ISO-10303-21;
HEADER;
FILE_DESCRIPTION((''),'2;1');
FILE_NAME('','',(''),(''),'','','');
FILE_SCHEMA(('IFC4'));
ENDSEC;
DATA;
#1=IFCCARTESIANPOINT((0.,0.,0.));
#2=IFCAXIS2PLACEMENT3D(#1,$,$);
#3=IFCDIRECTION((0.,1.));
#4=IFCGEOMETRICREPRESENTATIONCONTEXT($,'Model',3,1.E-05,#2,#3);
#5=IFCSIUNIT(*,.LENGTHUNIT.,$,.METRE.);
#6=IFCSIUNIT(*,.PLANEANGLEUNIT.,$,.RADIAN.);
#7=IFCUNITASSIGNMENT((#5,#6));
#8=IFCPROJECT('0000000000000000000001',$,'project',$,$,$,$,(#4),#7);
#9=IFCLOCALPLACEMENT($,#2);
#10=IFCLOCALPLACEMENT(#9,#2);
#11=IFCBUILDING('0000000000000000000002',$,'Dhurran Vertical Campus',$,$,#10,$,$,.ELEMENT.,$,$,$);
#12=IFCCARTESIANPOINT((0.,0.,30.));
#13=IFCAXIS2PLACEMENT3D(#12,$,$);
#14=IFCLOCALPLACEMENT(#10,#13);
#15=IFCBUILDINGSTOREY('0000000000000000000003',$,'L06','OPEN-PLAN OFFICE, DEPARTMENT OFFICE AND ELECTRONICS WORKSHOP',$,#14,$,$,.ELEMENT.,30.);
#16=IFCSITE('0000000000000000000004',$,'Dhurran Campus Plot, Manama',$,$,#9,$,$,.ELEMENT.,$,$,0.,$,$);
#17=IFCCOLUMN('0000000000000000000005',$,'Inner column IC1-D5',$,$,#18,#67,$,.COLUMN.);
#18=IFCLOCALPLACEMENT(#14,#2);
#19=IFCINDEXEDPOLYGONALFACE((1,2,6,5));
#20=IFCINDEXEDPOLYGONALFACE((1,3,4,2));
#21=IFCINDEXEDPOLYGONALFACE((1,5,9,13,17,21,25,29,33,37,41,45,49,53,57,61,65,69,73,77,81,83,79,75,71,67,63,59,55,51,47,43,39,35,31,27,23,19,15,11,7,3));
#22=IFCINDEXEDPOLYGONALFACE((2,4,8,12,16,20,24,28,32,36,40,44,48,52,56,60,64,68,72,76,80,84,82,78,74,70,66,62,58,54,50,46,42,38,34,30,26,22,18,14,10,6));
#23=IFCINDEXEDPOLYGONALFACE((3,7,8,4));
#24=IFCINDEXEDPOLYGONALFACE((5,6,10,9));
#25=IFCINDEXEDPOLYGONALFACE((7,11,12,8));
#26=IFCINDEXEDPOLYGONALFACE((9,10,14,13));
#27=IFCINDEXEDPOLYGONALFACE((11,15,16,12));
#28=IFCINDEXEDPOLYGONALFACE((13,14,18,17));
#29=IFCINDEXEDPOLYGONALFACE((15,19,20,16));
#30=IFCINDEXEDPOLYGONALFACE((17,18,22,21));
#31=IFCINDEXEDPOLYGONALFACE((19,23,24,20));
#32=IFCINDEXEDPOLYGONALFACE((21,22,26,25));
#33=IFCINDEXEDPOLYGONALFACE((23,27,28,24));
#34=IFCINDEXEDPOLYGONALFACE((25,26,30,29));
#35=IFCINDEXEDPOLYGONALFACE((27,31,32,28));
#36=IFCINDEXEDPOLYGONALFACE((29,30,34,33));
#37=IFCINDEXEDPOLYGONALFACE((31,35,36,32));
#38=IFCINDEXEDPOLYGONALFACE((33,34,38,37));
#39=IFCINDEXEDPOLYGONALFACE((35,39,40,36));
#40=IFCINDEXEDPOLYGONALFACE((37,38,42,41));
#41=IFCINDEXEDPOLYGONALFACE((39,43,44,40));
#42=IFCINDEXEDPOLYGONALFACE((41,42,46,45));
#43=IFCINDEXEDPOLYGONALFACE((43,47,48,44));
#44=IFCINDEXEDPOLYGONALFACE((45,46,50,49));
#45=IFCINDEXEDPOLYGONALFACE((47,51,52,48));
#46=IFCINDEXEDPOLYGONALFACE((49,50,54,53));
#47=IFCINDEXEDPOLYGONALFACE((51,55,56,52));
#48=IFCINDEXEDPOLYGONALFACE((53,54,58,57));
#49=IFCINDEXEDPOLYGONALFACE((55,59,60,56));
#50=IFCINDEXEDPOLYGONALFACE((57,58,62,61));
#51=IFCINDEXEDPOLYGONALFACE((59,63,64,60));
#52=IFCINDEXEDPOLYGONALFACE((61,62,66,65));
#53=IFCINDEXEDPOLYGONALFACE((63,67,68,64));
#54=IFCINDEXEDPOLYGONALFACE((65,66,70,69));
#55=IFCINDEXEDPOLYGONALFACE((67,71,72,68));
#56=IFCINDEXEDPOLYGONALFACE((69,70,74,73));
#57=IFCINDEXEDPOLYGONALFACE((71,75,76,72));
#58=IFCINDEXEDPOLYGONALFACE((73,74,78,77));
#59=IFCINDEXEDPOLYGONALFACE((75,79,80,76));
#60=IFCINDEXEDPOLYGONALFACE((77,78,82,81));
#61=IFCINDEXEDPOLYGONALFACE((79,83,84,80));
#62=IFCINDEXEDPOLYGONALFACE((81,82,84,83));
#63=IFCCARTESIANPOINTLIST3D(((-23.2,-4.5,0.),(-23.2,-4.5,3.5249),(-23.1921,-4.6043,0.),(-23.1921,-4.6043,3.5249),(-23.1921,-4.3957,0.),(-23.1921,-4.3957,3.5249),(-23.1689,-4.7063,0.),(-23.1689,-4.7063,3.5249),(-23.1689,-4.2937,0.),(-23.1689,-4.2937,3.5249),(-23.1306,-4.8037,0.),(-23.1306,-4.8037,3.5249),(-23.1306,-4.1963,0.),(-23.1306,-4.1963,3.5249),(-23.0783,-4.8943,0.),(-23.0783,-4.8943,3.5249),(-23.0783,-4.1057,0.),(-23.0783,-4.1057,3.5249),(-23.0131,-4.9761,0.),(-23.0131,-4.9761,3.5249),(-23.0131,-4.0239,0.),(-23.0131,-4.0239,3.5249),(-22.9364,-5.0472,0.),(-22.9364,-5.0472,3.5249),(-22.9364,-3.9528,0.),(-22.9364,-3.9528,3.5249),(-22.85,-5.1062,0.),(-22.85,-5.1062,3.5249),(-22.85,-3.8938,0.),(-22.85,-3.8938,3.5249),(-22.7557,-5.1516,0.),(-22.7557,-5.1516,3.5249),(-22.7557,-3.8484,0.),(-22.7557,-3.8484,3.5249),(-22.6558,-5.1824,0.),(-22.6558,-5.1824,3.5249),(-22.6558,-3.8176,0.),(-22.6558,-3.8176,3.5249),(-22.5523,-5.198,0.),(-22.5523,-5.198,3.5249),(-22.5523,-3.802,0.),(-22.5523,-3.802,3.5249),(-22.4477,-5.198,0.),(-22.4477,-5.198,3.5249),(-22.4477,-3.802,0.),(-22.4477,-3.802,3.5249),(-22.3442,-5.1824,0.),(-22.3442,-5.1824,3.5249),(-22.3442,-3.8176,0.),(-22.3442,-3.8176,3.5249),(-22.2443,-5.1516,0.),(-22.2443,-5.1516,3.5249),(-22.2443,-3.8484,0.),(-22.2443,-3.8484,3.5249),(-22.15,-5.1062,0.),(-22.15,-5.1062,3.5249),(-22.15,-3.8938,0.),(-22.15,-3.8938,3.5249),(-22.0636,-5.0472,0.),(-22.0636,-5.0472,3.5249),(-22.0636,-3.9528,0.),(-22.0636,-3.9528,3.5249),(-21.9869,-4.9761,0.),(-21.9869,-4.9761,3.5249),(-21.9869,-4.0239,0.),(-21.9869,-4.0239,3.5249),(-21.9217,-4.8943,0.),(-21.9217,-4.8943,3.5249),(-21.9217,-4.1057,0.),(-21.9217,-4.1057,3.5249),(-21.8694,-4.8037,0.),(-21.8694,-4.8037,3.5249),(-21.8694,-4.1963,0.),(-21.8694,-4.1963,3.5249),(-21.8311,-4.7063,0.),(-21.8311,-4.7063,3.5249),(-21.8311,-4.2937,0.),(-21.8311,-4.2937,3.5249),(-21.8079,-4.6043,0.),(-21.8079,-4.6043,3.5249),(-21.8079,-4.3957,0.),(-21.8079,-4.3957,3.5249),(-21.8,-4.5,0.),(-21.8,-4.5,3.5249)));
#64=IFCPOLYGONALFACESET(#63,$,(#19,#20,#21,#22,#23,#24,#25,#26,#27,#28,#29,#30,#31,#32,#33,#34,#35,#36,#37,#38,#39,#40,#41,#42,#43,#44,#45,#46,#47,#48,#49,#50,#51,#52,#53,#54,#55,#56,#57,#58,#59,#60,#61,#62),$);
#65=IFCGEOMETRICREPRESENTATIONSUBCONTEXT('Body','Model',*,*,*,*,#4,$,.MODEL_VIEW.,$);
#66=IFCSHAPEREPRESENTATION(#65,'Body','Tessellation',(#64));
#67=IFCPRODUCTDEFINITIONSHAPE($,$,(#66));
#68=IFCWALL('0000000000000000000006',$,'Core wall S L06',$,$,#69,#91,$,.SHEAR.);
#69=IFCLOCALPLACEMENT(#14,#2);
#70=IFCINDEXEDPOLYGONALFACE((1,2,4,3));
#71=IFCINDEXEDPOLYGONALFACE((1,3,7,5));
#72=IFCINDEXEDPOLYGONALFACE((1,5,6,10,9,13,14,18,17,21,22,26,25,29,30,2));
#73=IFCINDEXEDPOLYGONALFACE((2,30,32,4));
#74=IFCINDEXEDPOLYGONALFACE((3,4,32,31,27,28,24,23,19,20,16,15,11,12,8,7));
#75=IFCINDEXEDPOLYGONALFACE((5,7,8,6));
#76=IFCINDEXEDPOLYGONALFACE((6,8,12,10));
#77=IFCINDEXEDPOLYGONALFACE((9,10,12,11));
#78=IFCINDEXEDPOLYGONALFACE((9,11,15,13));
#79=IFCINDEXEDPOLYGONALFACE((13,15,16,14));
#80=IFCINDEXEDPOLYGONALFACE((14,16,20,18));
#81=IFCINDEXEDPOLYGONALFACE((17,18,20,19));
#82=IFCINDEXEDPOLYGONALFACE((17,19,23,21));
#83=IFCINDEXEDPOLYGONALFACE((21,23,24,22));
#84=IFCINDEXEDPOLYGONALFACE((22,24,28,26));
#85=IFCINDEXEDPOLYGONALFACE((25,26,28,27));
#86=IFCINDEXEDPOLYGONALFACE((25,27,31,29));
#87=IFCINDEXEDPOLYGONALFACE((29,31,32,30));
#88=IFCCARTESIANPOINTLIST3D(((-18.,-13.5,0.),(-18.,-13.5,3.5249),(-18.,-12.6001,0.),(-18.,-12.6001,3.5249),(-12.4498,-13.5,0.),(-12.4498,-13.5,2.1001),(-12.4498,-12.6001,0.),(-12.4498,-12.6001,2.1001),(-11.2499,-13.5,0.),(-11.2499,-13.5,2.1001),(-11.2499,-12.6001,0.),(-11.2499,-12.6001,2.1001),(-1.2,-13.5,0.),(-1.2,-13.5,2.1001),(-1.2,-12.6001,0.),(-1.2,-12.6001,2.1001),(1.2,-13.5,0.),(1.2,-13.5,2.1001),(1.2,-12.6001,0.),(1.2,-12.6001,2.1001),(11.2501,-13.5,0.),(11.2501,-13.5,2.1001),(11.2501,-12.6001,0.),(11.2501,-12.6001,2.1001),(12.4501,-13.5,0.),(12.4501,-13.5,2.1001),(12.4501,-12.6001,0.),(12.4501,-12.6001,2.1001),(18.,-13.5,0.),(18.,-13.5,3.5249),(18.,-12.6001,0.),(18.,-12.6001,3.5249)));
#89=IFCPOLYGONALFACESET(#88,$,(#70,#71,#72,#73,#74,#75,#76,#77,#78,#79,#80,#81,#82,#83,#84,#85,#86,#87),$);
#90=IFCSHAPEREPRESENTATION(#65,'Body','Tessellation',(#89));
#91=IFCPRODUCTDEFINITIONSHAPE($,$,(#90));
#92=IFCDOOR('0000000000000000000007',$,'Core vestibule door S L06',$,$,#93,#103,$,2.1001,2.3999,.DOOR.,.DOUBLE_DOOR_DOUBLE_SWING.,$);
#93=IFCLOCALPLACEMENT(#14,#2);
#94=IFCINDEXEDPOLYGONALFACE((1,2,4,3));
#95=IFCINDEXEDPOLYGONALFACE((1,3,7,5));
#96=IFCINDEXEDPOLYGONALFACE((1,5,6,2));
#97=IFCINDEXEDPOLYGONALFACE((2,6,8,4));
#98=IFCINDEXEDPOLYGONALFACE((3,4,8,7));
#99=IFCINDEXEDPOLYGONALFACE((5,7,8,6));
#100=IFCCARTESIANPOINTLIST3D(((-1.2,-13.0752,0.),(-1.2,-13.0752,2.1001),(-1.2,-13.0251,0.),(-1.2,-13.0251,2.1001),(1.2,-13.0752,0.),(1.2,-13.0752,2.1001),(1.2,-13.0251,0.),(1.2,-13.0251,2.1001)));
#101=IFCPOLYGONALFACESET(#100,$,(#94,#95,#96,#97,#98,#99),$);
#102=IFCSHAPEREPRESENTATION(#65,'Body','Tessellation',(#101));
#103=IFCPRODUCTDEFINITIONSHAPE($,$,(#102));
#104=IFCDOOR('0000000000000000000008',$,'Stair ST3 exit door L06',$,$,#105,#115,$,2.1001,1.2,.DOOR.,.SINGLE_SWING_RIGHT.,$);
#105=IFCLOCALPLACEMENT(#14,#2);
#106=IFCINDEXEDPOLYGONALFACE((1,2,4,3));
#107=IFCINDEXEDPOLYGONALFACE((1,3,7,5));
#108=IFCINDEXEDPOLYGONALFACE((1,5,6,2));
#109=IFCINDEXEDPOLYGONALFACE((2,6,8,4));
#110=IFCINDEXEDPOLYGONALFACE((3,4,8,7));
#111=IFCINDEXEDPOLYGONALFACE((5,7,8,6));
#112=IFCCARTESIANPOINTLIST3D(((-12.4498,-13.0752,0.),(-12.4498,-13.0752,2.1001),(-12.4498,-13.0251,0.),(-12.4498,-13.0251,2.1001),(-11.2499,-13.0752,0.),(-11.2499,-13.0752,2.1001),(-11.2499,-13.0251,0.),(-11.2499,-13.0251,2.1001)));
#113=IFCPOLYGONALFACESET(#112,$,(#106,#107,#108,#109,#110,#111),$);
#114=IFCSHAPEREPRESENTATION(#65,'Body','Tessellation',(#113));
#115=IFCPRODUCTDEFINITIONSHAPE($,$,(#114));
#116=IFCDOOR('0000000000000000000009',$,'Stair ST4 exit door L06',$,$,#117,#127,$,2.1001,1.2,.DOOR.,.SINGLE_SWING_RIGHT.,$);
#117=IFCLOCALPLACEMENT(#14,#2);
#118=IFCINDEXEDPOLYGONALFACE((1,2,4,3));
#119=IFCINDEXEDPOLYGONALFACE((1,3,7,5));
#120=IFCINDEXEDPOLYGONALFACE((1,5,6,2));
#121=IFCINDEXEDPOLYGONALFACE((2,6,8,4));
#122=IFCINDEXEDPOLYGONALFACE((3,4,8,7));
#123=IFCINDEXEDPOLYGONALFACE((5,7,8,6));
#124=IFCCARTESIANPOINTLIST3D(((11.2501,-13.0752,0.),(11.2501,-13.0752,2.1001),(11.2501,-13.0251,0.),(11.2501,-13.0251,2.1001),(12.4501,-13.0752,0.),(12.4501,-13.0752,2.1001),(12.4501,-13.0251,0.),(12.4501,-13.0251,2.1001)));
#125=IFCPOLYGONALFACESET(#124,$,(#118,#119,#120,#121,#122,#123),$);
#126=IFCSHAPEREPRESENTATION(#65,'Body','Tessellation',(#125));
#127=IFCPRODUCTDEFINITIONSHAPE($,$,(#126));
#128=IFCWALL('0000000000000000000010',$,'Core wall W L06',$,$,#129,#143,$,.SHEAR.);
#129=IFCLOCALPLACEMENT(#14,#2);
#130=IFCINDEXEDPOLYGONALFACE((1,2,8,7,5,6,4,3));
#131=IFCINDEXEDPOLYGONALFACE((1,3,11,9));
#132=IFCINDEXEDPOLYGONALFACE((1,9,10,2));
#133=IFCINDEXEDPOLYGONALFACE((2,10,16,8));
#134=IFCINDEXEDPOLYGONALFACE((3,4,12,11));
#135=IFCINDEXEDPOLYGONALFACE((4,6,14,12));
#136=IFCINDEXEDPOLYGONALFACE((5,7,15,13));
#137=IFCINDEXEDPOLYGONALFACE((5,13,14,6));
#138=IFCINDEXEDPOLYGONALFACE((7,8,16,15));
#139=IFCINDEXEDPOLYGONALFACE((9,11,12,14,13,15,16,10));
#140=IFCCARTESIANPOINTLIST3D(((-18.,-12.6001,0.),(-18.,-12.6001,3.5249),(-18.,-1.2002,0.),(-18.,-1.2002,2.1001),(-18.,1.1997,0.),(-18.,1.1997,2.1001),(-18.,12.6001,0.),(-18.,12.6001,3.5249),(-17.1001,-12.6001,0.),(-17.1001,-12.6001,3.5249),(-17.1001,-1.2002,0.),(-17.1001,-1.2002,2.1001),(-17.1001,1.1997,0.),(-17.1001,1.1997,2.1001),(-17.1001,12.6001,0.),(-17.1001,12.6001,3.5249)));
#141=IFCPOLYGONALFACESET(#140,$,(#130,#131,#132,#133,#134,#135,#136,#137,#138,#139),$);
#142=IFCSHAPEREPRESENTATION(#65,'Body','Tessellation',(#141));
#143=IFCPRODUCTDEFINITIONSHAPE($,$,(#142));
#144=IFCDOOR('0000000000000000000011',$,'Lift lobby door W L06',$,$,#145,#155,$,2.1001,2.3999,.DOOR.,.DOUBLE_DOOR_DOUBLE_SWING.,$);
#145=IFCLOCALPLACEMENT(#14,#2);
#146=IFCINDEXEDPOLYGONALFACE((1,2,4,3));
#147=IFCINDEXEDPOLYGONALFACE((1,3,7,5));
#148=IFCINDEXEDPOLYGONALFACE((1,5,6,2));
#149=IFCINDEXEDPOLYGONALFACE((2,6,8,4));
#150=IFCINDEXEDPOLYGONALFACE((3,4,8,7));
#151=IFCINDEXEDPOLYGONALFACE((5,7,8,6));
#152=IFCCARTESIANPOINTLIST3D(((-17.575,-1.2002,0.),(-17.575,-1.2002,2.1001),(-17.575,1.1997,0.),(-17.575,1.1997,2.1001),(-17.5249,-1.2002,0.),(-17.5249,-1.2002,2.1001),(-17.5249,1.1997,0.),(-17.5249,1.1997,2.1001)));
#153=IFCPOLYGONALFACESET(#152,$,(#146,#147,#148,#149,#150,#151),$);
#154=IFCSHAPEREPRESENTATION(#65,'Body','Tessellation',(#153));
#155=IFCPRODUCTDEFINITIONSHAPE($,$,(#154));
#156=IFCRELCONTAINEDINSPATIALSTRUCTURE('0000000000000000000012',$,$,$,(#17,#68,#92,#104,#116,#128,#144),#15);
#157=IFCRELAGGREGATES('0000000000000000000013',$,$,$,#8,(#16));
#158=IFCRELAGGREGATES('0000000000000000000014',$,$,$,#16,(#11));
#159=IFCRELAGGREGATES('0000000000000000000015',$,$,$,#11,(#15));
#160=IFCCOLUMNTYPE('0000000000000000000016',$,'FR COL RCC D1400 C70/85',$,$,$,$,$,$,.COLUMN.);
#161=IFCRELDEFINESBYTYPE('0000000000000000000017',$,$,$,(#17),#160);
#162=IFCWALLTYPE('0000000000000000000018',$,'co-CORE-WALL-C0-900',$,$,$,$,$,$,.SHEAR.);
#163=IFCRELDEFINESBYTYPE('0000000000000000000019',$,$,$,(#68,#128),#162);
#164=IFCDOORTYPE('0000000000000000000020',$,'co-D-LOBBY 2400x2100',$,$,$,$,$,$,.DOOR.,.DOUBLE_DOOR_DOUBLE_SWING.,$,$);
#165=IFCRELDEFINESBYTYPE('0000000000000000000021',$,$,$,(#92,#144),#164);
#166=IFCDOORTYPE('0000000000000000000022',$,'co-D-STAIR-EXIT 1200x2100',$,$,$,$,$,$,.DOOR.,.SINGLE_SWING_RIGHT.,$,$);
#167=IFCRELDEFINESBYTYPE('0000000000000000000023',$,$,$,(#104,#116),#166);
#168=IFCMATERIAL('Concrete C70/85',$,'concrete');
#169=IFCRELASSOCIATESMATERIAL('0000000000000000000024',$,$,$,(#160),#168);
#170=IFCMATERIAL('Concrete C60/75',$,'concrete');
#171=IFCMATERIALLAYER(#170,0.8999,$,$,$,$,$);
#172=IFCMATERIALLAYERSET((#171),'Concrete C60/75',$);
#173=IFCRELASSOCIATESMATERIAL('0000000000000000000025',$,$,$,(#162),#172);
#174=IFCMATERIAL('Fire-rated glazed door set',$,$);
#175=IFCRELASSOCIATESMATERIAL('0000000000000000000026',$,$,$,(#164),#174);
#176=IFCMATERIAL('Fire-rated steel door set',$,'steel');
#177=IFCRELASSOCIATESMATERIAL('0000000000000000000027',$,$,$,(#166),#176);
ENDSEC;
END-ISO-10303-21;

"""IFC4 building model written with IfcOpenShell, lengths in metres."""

from ifc_helpers import new_model, si_unit, direction, frame, frame_2d, origin, origin_2d, place, context, subcontext, project, spatial, rectangle, circle, extrude, material, layer, layer_set, material_profile, profile_set, type_object, element, fill, save


model = new_model("IFC4")

# Units and contexts
model_context = context("Model", 3, precision=1e-05, world=origin(), true_north=direction((0.0, 1.0)))
body_context = subcontext(model_context, "Body", "Model", "MODEL_VIEW")
ifc_project = project(units=[si_unit("LENGTHUNIT", "METRE"), si_unit("PLANEANGLEUNIT", "RADIAN")], contexts=[model_context])

# Site, building, storey
site_placement = place(None, origin())
site = spatial("IfcSite", under=ifc_project, at=site_placement, Name="Dhurran Campus Plot, Manama", CompositionType="ELEMENT", RefElevation=0.0)
building_placement = place(site_placement, origin())
building = spatial("IfcBuilding", under=site, at=building_placement, Name="Dhurran Vertical Campus", CompositionType="ELEMENT")
storey_placement = place(building_placement, frame((0.0, 0.0, 30.0)))
storey = spatial("IfcBuildingStorey", under=building, at=storey_placement, Name="L06", Description="OPEN-PLAN OFFICE, DEPARTMENT OFFICE AND ELECTRONICS WORKSHOP", CompositionType="ELEMENT", Elevation=30.0)

# Column
ifc_material_1 = material(Name="Concrete C70/85", Category="concrete")
ifc_material_profile = material_profile(ifc_material_1, circle(Radius=0.7, at=origin_2d()), Name="RCC D1400")
ifc_profile_set = profile_set([ifc_material_profile], Name="Concrete C70/85")
column_type = type_object("IfcColumnType", Name="FR COL RCC D1400 C70/85", PredefinedType="COLUMN", material=ifc_profile_set)
column_placement = place(storey_placement, frame((-22.5, -4.5, 0.0), z_axis=(0.0, 0.0, 1.0), x_axis=(1.0, 0.0, 0.0)))
element("IfcColumn", 1, at=column_placement, inside=storey, type_object=column_type, Name="Inner column IC1-D5", PredefinedType="COLUMN", context=body_context, shape_type="SweptSolid", body=[
    extrude(circle(Radius=0.7, at=origin_2d()), origin(), (0.0, 0.0, 1.0), 3.5249),
])

# Wall, openings, doors
ifc_material_2 = material(Name="Concrete C60/75", Category="concrete")
ifc_layer_1 = layer(ifc_material_2, 0.8999)
ifc_layer_set_1 = layer_set([ifc_layer_1], Name="Concrete C60/75")
wall_type_1 = type_object("IfcWallType", Name="co-CORE-WALL-C0-900", PredefinedType="SHEAR", material=ifc_layer_set_1)
wall_1_placement = place(storey_placement, frame((-18.0, -13.05, 0.0), z_axis=(0.0, 0.0, 1.0), x_axis=(1.0, 0.0, 0.0)))
wall_1 = element("IfcWall", 2, at=wall_1_placement, inside=storey, type_object=wall_type_1, Name="Core wall S L06", PredefinedType="SHEAR", context=body_context, shape_type="SweptSolid", body=[
    extrude(rectangle(XDim=36.0, YDim=0.8999, at=frame_2d((18.0, 0.0))), origin(), (0.0, 0.0, 1.0), 3.5249),
])
opening_1_placement = place(wall_1_placement, frame((16.8, 0.0, 0.0)))
opening_1 = element("IfcOpeningElement", 3, at=opening_1_placement, cuts=wall_1, PredefinedType="OPENING", context=body_context, shape_type="SweptSolid", body=[
    extrude(rectangle(XDim=2.3999, YDim=2.1001, at=frame_2d((1.2, 1.05))), frame((0.0, 0.46, 0.0), z_axis=(0.0, -1.0, 0.0), x_axis=(1.0, 0.0, 0.0)), (0.0, 0.0, 1.0), 0.9199),
])
opening_2_placement = place(wall_1_placement, frame((5.55, 0.0, 0.0)))
opening_2 = element("IfcOpeningElement", 4, at=opening_2_placement, cuts=wall_1, PredefinedType="OPENING", context=body_context, shape_type="SweptSolid", body=[
    extrude(rectangle(XDim=1.2, YDim=2.1001, at=frame_2d((0.6001, 1.05))), frame((0.0, 0.46, 0.0), z_axis=(0.0, -1.0, 0.0), x_axis=(1.0, 0.0, 0.0)), (0.0, 0.0, 1.0), 0.9199),
])
opening_3_placement = place(wall_1_placement, frame((29.25, 0.0, 0.0)))
opening_3 = element("IfcOpeningElement", 5, at=opening_3_placement, cuts=wall_1, PredefinedType="OPENING", context=body_context, shape_type="SweptSolid", body=[
    extrude(rectangle(XDim=1.2, YDim=2.1001, at=frame_2d((0.6001, 1.05))), frame((0.0, 0.46, 0.0), z_axis=(0.0, -1.0, 0.0), x_axis=(1.0, 0.0, 0.0)), (0.0, 0.0, 1.0), 0.9199),
])
ifc_material_3 = material(Name="Fire-rated glazed door set")
door_type_1 = type_object("IfcDoorType", Name="co-D-LOBBY 2400x2100", OperationType="DOUBLE_DOOR_DOUBLE_SWING", PredefinedType="DOOR", material=ifc_material_3)
door_1_placement = place(opening_1_placement, origin())
door_1 = element("IfcDoor", 6, at=door_1_placement, inside=storey, type_object=door_type_1, Name="Core vestibule door S L06", OperationType="DOUBLE_DOOR_DOUBLE_SWING", OverallHeight=2.1001, OverallWidth=2.3999, PredefinedType="DOOR", context=body_context, shape_type="SweptSolid", body=[
    extrude(rectangle(XDim=2.3999, YDim=2.1001, at=frame_2d((1.2, 1.05))), frame((0.0, 0.0249, 0.0), z_axis=(0.0, -1.0, 0.0), x_axis=(1.0, 0.0, 0.0)), (0.0, 0.0, 1.0), 0.05),
])
fill(opening_1, door_1)
ifc_material_4 = material(Name="Fire-rated steel door set", Category="steel")
door_type_2 = type_object("IfcDoorType", Name="co-D-STAIR-EXIT 1200x2100", OperationType="SINGLE_SWING_RIGHT", PredefinedType="DOOR", material=ifc_material_4)
door_2_placement = place(opening_2_placement, origin())
door_2 = element("IfcDoor", 7, at=door_2_placement, inside=storey, type_object=door_type_2, Name="Stair ST3 exit door L06", OperationType="SINGLE_SWING_RIGHT", OverallHeight=2.1001, OverallWidth=1.2, PredefinedType="DOOR", context=body_context, shape_type="SweptSolid", body=[
    extrude(rectangle(XDim=1.2, YDim=2.1001, at=frame_2d((0.6001, 1.05))), frame((0.0, 0.0249, 0.0), z_axis=(0.0, -1.0, 0.0), x_axis=(1.0, 0.0, 0.0)), (0.0, 0.0, 1.0), 0.05),
])
fill(opening_2, door_2)
door_3_placement = place(opening_3_placement, origin())
door_3 = element("IfcDoor", 8, at=door_3_placement, inside=storey, type_object=door_type_2, Name="Stair ST4 exit door L06", OperationType="SINGLE_SWING_RIGHT", OverallHeight=2.1001, OverallWidth=1.2, PredefinedType="DOOR", context=body_context, shape_type="SweptSolid", body=[
    extrude(rectangle(XDim=1.2, YDim=2.1001, at=frame_2d((0.6001, 1.05))), frame((0.0, 0.0249, 0.0), z_axis=(0.0, -1.0, 0.0), x_axis=(1.0, 0.0, 0.0)), (0.0, 0.0, 1.0), 0.05),
])
fill(opening_3, door_3)

# Wall, opening, door
wall_2_placement = place(storey_placement, frame((-17.55, -12.6001, 0.0), z_axis=(0.0, 0.0, 1.0), x_axis=(0.0, 1.0, 0.0)))
wall_2 = element("IfcWall", 9, at=wall_2_placement, inside=storey, type_object=wall_type_1, Name="Core wall W L06", PredefinedType="SHEAR", context=body_context, shape_type="SweptSolid", body=[
    extrude(rectangle(XDim=25.2002, YDim=0.8999, at=frame_2d((12.6001, 0.0))), origin(), (0.0, 0.0, 1.0), 3.5249),
])
opening_4_placement = place(wall_2_placement, frame((11.3999, 0.0, 0.0)))
opening_4 = element("IfcOpeningElement", 10, at=opening_4_placement, cuts=wall_2, PredefinedType="OPENING", context=body_context, shape_type="SweptSolid", body=[
    extrude(rectangle(XDim=2.3999, YDim=2.1001, at=frame_2d((1.2, 1.05))), frame((0.0, 0.46, 0.0), z_axis=(0.0, -1.0, 0.0), x_axis=(1.0, 0.0, 0.0)), (0.0, 0.0, 1.0), 0.9199),
])
door_4_placement = place(opening_4_placement, origin())
door_4 = element("IfcDoor", 11, at=door_4_placement, inside=storey, type_object=door_type_1, Name="Lift lobby door W L06", OperationType="DOUBLE_DOOR_DOUBLE_SWING", OverallHeight=2.1001, OverallWidth=2.3999, PredefinedType="DOOR", context=body_context, shape_type="SweptSolid", body=[
    extrude(rectangle(XDim=2.3999, YDim=2.1001, at=frame_2d((1.2, 1.05))), frame((0.0, 0.0249, 0.0), z_axis=(0.0, -1.0, 0.0), x_axis=(1.0, 0.0, 0.0)), (0.0, 0.0, 1.0), 0.05),
])
fill(opening_4, door_4)

save(model, "model.ifc")
